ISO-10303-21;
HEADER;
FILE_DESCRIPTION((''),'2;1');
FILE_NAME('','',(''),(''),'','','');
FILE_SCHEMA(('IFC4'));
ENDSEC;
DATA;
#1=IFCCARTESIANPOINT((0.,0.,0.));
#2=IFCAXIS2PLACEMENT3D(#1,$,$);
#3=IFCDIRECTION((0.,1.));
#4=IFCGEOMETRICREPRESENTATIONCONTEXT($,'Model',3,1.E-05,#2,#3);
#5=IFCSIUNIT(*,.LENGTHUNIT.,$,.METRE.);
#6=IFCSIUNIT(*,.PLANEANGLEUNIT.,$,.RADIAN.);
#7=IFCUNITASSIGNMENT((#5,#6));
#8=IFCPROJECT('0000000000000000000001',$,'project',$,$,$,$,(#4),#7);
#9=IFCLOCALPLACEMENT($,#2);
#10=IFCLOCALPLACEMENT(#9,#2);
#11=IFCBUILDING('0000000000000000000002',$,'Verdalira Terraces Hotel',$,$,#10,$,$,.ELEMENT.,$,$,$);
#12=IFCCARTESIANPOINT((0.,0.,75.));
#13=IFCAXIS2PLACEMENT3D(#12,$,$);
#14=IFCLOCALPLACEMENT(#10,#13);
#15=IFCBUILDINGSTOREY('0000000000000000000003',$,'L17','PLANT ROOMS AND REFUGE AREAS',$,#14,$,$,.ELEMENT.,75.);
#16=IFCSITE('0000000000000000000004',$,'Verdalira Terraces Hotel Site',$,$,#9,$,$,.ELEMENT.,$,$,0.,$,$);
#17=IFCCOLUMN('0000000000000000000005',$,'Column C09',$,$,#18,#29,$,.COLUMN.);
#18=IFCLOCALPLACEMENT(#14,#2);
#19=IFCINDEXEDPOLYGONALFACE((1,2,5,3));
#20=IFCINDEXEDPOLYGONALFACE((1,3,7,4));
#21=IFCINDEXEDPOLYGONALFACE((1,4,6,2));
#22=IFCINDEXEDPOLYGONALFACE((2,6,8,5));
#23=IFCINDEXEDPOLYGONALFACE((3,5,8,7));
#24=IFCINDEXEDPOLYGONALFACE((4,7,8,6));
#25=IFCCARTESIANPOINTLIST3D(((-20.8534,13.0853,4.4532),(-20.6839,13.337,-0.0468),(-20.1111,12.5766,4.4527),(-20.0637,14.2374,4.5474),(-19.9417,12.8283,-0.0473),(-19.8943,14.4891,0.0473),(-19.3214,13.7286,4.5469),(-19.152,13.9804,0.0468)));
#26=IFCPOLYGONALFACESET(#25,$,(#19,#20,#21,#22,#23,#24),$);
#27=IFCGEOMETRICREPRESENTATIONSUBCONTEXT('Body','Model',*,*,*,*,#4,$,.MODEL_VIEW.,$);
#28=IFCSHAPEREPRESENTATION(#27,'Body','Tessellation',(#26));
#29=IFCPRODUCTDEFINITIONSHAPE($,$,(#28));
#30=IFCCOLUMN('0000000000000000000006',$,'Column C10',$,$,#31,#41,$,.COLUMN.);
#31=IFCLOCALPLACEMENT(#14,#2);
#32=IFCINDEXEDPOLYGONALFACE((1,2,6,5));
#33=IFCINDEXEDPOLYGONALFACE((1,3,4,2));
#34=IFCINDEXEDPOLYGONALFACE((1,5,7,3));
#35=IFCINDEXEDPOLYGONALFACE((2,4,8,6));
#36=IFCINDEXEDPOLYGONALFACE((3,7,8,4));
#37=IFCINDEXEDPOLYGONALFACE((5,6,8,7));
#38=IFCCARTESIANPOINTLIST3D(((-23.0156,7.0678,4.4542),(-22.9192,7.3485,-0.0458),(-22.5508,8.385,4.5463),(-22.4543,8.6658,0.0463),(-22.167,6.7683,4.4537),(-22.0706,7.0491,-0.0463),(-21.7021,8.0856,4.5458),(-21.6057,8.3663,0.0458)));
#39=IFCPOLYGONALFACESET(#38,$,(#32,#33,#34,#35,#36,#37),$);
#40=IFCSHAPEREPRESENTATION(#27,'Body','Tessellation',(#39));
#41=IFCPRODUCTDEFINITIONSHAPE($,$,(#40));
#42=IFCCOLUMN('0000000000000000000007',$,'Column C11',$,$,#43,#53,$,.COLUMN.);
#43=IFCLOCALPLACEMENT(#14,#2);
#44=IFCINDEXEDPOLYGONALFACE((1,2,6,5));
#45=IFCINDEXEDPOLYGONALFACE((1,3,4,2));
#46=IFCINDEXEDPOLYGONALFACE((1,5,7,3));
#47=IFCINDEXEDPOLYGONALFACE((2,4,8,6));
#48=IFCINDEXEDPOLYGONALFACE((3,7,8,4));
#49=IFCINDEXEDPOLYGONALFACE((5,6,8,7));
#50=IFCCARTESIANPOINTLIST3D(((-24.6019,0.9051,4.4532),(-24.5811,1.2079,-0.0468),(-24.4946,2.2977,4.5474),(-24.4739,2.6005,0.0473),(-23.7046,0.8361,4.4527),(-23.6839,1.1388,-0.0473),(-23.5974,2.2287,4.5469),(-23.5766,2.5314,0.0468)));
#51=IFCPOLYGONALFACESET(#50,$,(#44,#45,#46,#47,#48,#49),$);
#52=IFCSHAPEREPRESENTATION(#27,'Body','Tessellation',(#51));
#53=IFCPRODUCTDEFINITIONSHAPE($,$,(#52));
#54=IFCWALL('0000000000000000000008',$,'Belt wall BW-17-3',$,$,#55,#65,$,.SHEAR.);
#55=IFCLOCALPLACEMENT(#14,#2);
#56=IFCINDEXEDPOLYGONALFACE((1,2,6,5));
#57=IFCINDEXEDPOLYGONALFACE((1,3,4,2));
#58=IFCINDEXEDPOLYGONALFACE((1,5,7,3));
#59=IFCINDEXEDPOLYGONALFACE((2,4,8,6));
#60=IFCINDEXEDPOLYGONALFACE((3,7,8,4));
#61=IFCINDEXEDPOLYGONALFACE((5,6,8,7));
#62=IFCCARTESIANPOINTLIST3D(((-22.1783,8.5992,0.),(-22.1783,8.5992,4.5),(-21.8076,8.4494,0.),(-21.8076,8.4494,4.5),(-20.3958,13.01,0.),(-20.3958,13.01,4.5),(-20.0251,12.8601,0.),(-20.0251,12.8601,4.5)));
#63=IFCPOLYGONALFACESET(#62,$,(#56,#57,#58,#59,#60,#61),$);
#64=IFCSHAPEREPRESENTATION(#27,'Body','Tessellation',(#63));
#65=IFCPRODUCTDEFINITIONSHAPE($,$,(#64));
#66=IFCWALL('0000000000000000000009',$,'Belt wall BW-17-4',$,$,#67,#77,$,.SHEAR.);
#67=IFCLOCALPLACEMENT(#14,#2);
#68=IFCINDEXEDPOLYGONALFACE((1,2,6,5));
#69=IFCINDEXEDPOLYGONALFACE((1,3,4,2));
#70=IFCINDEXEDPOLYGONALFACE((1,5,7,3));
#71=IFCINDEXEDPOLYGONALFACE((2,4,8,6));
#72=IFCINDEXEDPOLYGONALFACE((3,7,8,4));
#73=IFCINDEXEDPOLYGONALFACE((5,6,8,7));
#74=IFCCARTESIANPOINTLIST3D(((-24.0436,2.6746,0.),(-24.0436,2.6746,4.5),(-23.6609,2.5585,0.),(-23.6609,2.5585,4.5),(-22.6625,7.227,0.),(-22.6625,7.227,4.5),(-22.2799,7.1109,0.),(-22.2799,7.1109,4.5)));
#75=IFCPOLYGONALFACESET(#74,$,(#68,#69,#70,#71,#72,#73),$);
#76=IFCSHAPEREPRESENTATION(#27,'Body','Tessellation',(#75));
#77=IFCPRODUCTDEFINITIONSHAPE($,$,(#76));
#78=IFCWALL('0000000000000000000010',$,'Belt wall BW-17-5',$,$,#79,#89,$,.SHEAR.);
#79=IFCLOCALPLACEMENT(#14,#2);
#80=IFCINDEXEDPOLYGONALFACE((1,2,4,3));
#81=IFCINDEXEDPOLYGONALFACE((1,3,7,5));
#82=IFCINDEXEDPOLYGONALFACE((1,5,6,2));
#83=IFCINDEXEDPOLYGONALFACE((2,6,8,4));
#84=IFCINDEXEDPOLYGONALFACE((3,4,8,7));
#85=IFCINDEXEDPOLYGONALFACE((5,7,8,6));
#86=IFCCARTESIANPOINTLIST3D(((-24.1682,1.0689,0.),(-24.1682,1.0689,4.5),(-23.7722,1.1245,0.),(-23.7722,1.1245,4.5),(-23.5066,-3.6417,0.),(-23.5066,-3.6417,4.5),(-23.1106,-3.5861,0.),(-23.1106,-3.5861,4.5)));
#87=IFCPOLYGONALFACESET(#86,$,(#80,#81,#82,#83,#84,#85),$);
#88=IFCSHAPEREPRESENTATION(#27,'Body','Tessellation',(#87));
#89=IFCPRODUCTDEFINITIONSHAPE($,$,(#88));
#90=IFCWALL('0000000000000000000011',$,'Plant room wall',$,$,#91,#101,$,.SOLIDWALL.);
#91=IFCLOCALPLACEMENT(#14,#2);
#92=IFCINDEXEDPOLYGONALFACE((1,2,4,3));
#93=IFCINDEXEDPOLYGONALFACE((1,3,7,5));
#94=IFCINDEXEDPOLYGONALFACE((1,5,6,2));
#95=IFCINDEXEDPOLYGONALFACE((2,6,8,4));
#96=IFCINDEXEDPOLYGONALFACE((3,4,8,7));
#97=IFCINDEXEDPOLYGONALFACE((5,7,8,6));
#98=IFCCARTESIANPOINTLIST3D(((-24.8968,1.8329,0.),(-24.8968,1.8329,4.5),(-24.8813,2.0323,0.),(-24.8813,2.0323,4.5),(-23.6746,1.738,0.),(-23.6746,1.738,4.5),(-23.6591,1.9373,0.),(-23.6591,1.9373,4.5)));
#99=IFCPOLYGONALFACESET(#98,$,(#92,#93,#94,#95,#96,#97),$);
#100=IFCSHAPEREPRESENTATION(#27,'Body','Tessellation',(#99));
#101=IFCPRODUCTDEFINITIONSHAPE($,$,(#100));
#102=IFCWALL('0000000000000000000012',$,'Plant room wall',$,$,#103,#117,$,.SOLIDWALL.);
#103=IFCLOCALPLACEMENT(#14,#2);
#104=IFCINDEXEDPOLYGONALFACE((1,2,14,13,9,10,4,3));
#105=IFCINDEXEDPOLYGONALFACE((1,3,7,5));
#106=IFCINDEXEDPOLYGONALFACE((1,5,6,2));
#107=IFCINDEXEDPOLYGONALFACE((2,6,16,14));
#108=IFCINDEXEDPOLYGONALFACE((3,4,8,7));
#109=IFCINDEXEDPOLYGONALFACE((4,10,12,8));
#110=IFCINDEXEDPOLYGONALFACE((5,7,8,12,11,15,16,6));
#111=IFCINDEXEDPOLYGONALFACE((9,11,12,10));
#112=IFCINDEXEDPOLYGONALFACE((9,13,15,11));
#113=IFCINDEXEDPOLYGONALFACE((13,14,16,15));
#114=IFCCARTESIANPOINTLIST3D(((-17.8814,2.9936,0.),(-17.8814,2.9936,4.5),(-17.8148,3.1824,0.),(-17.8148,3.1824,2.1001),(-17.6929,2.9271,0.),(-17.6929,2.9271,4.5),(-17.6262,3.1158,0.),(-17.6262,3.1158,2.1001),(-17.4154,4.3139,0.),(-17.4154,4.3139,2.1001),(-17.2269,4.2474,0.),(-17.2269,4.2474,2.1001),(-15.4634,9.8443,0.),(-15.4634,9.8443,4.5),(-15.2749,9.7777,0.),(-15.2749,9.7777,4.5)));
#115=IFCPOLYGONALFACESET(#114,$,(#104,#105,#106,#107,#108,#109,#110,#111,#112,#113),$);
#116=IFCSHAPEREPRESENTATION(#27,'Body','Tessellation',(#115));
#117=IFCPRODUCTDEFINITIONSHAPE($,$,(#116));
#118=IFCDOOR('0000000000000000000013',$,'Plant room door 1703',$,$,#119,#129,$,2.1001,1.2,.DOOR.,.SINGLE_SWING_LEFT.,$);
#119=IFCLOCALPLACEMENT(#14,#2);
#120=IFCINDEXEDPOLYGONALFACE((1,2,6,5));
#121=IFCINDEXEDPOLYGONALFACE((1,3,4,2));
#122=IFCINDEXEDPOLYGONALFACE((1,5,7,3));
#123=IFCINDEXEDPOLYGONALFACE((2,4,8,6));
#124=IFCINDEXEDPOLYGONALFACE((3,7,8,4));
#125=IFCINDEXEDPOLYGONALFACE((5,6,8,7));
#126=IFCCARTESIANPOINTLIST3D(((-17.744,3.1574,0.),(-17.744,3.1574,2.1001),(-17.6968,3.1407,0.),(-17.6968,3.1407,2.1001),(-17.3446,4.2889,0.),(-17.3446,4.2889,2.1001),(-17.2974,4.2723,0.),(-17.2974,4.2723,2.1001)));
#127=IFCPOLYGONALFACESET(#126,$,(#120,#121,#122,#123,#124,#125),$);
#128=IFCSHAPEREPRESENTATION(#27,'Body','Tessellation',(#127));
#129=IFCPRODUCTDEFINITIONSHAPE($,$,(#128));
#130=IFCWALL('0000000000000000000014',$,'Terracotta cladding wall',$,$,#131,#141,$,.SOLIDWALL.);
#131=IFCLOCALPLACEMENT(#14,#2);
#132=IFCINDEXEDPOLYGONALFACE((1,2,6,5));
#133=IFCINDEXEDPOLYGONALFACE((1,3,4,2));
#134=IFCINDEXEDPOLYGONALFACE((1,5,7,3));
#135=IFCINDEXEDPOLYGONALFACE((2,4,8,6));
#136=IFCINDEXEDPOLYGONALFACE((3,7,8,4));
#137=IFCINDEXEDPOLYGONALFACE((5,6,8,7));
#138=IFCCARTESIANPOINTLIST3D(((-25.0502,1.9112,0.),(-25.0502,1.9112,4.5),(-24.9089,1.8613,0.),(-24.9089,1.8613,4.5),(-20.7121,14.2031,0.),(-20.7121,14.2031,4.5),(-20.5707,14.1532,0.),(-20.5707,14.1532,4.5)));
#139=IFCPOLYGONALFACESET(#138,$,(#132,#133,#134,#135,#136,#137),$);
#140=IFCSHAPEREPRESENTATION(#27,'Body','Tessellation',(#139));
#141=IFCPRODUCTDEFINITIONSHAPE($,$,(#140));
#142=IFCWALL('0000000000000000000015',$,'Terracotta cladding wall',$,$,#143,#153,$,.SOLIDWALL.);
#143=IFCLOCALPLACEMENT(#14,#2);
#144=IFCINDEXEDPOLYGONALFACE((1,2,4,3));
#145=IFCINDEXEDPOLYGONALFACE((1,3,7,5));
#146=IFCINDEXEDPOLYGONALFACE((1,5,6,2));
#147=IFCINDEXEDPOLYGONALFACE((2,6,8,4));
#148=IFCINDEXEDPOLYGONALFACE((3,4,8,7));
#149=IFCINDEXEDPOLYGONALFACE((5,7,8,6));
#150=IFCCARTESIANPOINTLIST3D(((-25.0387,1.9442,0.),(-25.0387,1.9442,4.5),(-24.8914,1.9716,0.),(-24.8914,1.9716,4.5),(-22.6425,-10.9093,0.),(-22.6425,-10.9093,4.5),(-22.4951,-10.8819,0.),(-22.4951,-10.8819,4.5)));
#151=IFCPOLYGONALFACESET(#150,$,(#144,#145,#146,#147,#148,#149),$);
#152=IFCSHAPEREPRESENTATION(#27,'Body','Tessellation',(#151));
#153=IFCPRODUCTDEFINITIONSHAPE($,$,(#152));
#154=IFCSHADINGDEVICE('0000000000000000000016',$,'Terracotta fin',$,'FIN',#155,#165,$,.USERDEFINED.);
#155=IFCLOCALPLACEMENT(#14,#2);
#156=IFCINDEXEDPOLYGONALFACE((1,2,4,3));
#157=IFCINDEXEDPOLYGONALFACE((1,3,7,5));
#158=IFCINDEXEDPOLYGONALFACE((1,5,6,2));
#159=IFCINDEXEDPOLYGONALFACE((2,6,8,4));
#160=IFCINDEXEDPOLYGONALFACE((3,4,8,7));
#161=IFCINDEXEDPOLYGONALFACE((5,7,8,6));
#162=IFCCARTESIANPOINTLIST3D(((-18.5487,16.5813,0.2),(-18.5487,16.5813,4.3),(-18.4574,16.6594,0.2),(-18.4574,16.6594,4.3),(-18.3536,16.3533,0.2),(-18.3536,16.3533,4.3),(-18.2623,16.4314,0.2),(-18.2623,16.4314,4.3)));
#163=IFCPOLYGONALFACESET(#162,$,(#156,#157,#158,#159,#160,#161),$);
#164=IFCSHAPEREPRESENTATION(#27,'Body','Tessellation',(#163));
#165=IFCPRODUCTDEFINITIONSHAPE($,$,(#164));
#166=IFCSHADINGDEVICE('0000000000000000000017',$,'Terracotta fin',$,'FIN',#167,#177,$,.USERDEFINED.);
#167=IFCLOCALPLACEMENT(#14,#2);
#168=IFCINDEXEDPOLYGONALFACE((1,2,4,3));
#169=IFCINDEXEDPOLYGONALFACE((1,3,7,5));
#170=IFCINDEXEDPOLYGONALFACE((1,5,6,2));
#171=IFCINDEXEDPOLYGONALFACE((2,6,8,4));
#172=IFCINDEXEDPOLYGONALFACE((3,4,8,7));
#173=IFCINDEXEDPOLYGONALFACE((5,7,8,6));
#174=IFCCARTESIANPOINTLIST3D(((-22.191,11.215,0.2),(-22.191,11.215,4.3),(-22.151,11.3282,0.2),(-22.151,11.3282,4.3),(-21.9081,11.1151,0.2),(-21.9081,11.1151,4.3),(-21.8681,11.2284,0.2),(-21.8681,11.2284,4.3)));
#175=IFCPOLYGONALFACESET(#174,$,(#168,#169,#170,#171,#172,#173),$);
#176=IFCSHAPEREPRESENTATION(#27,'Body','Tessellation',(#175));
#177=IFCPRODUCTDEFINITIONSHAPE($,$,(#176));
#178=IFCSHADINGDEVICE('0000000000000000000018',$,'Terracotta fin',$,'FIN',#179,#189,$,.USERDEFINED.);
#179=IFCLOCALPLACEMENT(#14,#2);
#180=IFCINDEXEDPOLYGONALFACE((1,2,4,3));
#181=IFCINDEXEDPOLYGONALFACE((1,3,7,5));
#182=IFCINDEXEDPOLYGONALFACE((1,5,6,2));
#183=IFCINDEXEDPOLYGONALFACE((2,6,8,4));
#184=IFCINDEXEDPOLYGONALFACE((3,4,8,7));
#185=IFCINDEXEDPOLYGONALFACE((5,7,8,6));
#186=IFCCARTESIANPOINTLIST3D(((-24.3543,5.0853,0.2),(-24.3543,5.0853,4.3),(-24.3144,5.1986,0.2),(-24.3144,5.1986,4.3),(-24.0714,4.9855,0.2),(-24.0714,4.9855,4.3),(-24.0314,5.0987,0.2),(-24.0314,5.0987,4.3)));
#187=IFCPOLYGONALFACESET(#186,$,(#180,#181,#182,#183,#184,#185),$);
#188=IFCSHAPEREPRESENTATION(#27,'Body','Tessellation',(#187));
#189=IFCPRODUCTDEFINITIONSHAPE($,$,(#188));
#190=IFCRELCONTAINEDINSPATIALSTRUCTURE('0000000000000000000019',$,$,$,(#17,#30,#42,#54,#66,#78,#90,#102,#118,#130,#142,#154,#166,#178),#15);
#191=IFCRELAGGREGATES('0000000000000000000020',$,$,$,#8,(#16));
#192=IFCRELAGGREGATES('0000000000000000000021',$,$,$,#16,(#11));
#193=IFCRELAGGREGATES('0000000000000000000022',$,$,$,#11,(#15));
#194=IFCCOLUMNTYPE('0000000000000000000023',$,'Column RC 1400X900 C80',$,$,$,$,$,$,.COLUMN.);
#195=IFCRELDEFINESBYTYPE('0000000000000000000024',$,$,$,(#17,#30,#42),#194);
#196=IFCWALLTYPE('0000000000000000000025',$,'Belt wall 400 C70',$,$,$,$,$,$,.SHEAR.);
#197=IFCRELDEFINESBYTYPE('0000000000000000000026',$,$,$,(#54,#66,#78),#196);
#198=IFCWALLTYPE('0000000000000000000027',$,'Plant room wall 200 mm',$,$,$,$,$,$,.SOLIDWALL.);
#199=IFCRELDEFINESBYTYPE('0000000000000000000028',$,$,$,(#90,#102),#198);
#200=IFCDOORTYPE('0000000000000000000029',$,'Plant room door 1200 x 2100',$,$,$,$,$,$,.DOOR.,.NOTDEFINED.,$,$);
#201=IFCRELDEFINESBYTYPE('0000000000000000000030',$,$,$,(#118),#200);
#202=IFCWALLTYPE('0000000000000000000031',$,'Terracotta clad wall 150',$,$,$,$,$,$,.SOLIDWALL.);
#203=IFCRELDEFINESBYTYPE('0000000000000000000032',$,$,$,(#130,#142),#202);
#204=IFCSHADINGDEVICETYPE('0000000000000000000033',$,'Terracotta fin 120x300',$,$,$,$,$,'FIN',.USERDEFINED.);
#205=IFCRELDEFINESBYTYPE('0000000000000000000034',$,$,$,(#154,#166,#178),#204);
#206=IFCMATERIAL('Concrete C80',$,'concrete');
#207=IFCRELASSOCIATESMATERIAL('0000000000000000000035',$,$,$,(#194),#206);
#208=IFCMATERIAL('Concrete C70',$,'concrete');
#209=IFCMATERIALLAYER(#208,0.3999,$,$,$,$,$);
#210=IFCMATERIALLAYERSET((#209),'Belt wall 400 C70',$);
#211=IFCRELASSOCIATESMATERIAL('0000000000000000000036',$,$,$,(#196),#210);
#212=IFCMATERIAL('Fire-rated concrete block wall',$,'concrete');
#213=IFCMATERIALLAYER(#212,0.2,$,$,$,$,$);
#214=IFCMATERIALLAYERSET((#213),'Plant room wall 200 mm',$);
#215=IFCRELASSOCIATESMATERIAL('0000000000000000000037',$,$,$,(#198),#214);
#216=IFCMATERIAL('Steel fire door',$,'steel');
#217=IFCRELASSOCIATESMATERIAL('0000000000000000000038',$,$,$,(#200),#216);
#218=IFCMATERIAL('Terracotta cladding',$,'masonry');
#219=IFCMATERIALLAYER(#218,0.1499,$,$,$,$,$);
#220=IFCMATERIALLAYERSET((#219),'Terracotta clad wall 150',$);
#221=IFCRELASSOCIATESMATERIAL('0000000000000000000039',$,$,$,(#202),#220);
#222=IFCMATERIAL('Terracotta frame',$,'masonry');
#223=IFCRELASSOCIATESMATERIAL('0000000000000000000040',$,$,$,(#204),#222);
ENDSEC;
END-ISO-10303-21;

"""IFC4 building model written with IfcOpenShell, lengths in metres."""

from ifc_helpers import new_model, si_unit, direction, frame, frame_2d, origin, origin_2d, place, context, subcontext, project, spatial, rectangle, extrude, material, layer, layer_set, material_profile, profile_set, type_object, element, fill, save


model = new_model("IFC4")

# Units and contexts
model_context = context("Model", 3, precision=1e-05, world=origin(), true_north=direction((0.0, 1.0)))
body_context = subcontext(model_context, "Body", "Model", "MODEL_VIEW")
ifc_project = project(units=[si_unit("LENGTHUNIT", "METRE"), si_unit("PLANEANGLEUNIT", "RADIAN")], contexts=[model_context])

# Site, building, storey
site_placement = place(None, origin())
site = spatial("IfcSite", under=ifc_project, at=site_placement, Name="Verdalira Terraces Hotel Site", CompositionType="ELEMENT", RefElevation=0.0)
building_placement = place(site_placement, origin())
building = spatial("IfcBuilding", under=site, at=building_placement, Name="Verdalira Terraces Hotel", CompositionType="ELEMENT")
storey_placement = place(building_placement, frame((0.0, 0.0, 75.0)))
storey = spatial("IfcBuildingStorey", under=building, at=storey_placement, Name="L17", Description="PLANT ROOMS AND REFUGE AREAS", CompositionType="ELEMENT", Elevation=75.0)

# Columns
ifc_material_1 = material(Name="Concrete C80", Category="concrete")
ifc_material_profile_1 = material_profile(ifc_material_1, rectangle(XDim=1.3999, YDim=0.8999, at=origin_2d()), Name="RC 1400X900")
ifc_profile_set_1 = profile_set([ifc_material_profile_1], Name="Concrete C80")
column_type = type_object("IfcColumnType", Name="Column RC 1400X900 C80", PredefinedType="COLUMN", material=ifc_profile_set_1)
column_1_placement = place(storey_placement, frame((-19.918, 13.6587, 0.0), z_axis=(-0.037567, -0.055809, 0.997735), x_axis=(0.564089, 0.822969, 0.067272)))
element("IfcColumn", 1, at=column_1_placement, inside=storey, type_object=column_type, Name="Column C09", PredefinedType="COLUMN", context=body_context, shape_type="SweptSolid", body=[
    extrude(rectangle(XDim=1.3999, YDim=0.8999, at=origin_2d()), origin(), (0.0, 0.0, 1.0), 4.5103),
])
column_2_placement = place(storey_placement, frame((-22.2625, 7.8574, 0.0), z_axis=(-0.021384, -0.062256, 0.997831), x_axis=(-0.332074, -0.940954, -0.065824)))
element("IfcColumn", 2, at=column_2_placement, inside=storey, type_object=column_type, Name="Column C10", PredefinedType="COLUMN", context=body_context, shape_type="SweptSolid", body=[
    extrude(rectangle(XDim=1.3999, YDim=0.8999, at=origin_2d()), origin(), (0.0, 0.0, 1.0), 4.5098),
])
column_3_placement = place(storey_placement, frame((-24.0789, 1.8696, 0.0), z_axis=(-0.004601, -0.067122, 0.997734), x_axis=(0.076608, 0.994789, 0.067277)))
element("IfcColumn", 3, at=column_3_placement, inside=storey, type_object=column_type, Name="Column C11", PredefinedType="COLUMN", context=body_context, shape_type="SweptSolid", body=[
    extrude(rectangle(XDim=1.3999, YDim=0.8999, at=origin_2d()), origin(), (0.0, 0.0, 1.0), 4.5103),
])

# Walls
ifc_material_2 = material(Name="Concrete C70", Category="concrete")
ifc_layer_1 = layer(ifc_material_2, 0.3999)
ifc_layer_set_1 = layer_set([ifc_layer_1], Name="Belt wall 400 C70")
wall_type_1 = type_object("IfcWallType", Name="Belt wall 400 C70", PredefinedType="SHEAR", material=ifc_layer_set_1)
for number, where, z_axis, x_axis, name in (
    (4, (-20.2104, 12.9351, 0.0), (0.0, 0.0, 1.0), (-0.374689, -0.927151, 0.0), "Belt wall BW-17-3"),
    (5, (-22.4712, 7.1689, 0.0), (0.0, 0.0, 1.0), (-0.290308, -0.956933, 0.0), "Belt wall BW-17-4"),
):
    element("IfcWall", number, at=place(storey_placement, frame(where, z_axis=z_axis, x_axis=x_axis)), inside=storey, type_object=wall_type_1, Name=name, PredefinedType="SHEAR", context=body_context, shape_type="SweptSolid", body=[
        extrude(rectangle(XDim=4.7573, YDim=0.3999, at=frame_2d((2.3787, 0.0))), origin(), (0.0, 0.0, 1.0), 4.5),
    ])
wall_1_placement = place(storey_placement, frame((-23.9702, 1.0967, 0.0), z_axis=(0.0, 0.0, 1.0), x_axis=(0.139086, -0.99028, 0.0)))
element("IfcWall", 6, at=wall_1_placement, inside=storey, type_object=wall_type_1, Name="Belt wall BW-17-5", PredefinedType="SHEAR", context=body_context, shape_type="SweptSolid", body=[
    extrude(rectangle(XDim=4.7568, YDim=0.3999, at=frame_2d((2.3784, 0.0))), origin(), (0.0, 0.0, 1.0), 4.5),
])
ifc_material_3 = material(Name="Fire-rated concrete block wall", Category="concrete")
ifc_layer_2 = layer(ifc_material_3, 0.2)
ifc_layer_set_2 = layer_set([ifc_layer_2], Name="Plant room wall 200 mm")
wall_type_2 = type_object("IfcWallType", Name="Plant room wall 200 mm", PredefinedType="SOLIDWALL", material=ifc_layer_set_2)
wall_2_placement = place(storey_placement, frame((-23.667, 1.8376, 0.0), z_axis=(0.0, 0.0, 1.0), x_axis=(-0.996994, 0.077473, 0.0)))
element("IfcWall", 7, at=wall_2_placement, inside=storey, type_object=wall_type_2, Name="Plant room wall", PredefinedType="SOLIDWALL", context=body_context, shape_type="SweptSolid", body=[
    extrude(rectangle(XDim=1.2258, YDim=0.2, at=frame_2d((0.6128, 0.0))), origin(), (0.0, 0.0, 1.0), 4.5),
])

# Wall, opening, door
wall_3_placement = place(storey_placement, frame((-17.7871, 2.9604, 0.0), z_axis=(0.0, 0.0, 1.0), x_axis=(0.332834, 0.942985, 0.0)))
wall_3 = element("IfcWall", 8, at=wall_3_placement, inside=storey, type_object=wall_type_2, Name="Plant room wall", PredefinedType="SOLIDWALL", context=body_context, shape_type="SweptSolid", body=[
    extrude(rectangle(XDim=7.2649, YDim=0.2, at=frame_2d((3.6323, 0.0))), origin(), (0.0, 0.0, 1.0), 4.5),
])
opening_placement = place(wall_3_placement, frame((0.2, 0.0, 0.0)))
opening = element("IfcOpeningElement", 9, at=opening_placement, cuts=wall_3, PredefinedType="OPENING", context=body_context, shape_type="SweptSolid", body=[
    extrude(rectangle(XDim=1.2, YDim=2.1001, at=frame_2d((0.6001, 1.05))), frame((0.0, 0.1099, 0.0), z_axis=(0.0, -1.0, 0.0), x_axis=(1.0, 0.0, 0.0)), (0.0, 0.0, 1.0), 0.22),
])
ifc_material_4 = material(Name="Steel fire door", Category="steel")
door_type = type_object("IfcDoorType", Name="Plant room door 1200 x 2100", OperationType="NOTDEFINED", PredefinedType="DOOR", material=ifc_material_4)
door_placement = place(opening_placement, origin())
door = element("IfcDoor", 10, at=door_placement, inside=storey, type_object=door_type, Name="Plant room door 1703", OperationType="SINGLE_SWING_LEFT", OverallHeight=2.1001, OverallWidth=1.2, PredefinedType="DOOR", context=body_context, shape_type="SweptSolid", body=[
    extrude(rectangle(XDim=1.2, YDim=2.1001, at=frame_2d((0.6001, 1.05))), frame((0.0, 0.0249, 0.0), z_axis=(0.0, -1.0, 0.0), x_axis=(1.0, 0.0, 0.0)), (0.0, 0.0, 1.0), 0.05),
])
fill(opening, door)

# Walls
ifc_material_5 = material(Name="Terracotta cladding", Category="masonry")
ifc_layer_3 = layer(ifc_material_5, 0.1499)
ifc_layer_set_3 = layer_set([ifc_layer_3], Name="Terracotta clad wall 150")
wall_type_3 = type_object("IfcWallType", Name="Terracotta clad wall 150", PredefinedType="SOLIDWALL", material=ifc_layer_set_3)
wall_4_placement = place(storey_placement, frame((-20.6414, 14.1782, 0.0), z_axis=(0.0, 0.0, 1.0), x_axis=(-0.332811, -0.942993, 0.0)))
element("IfcWall", 11, at=wall_4_placement, inside=storey, type_object=wall_type_3, Name="Terracotta cladding wall", PredefinedType="SOLIDWALL", context=body_context, shape_type="SweptSolid", body=[
    extrude(rectangle(XDim=13.0349, YDim=0.1499, at=frame_2d((6.5176, 0.0))), origin(), (0.0, 0.0, 1.0), 4.5),
])
wall_5_placement = place(storey_placement, frame((-24.9651, 1.958, 0.0), z_axis=(0.0, 0.0, 1.0), x_axis=(0.183269, -0.983063, 0.0)))
element("IfcWall", 12, at=wall_5_placement, inside=storey, type_object=wall_type_3, Name="Terracotta cladding wall", PredefinedType="SOLIDWALL", context=body_context, shape_type="SweptSolid", body=[
    extrude(rectangle(XDim=13.075, YDim=0.1499, at=frame_2d((6.5376, 0.0))), origin(), (0.0, 0.0, 1.0), 4.5),
])

# Shading devices
ifc_material_6 = material(Name="Terracotta frame", Category="masonry")
ifc_material_profile_2 = material_profile(ifc_material_6, rectangle(XDim=0.1201, YDim=0.3, at=origin_2d()), Name="FIN 120x300")
ifc_profile_set_2 = profile_set([ifc_material_profile_2], Name="Terracotta frame")
shading_device_type = type_object("IfcShadingDeviceType", Name="Terracotta fin 120x300", ElementType="FIN", PredefinedType="USERDEFINED", material=ifc_profile_set_2)
for number, where, z_axis, x_axis, name in (
    (13, (-18.4055, 16.5063, 0.2), (0.0, 0.0, 1.0), (-0.759725, -0.650244, 0.0), "Terracotta fin"),
    (14, (-22.0295, 11.2217, 0.2), (0.0, 0.0, 1.0), (-0.33282, -0.942991, 0.0), "Terracotta fin"),
    (15, (-24.1929, 5.092, 0.2), (0.0, 0.0, 1.0), (-0.33282, -0.942991, 0.0), "Terracotta fin"),
):
    element("IfcShadingDevice", number, at=place(storey_placement, frame(where, z_axis=z_axis, x_axis=x_axis)), inside=storey, type_object=shading_device_type, Name=name, ObjectType="FIN", PredefinedType="USERDEFINED", context=body_context, shape_type="SweptSolid", body=[
        extrude(rectangle(XDim=0.1201, YDim=0.3, at=origin_2d()), origin(), (0.0, 0.0, 1.0), 4.1001),
    ])

save(model, "model.ifc")
